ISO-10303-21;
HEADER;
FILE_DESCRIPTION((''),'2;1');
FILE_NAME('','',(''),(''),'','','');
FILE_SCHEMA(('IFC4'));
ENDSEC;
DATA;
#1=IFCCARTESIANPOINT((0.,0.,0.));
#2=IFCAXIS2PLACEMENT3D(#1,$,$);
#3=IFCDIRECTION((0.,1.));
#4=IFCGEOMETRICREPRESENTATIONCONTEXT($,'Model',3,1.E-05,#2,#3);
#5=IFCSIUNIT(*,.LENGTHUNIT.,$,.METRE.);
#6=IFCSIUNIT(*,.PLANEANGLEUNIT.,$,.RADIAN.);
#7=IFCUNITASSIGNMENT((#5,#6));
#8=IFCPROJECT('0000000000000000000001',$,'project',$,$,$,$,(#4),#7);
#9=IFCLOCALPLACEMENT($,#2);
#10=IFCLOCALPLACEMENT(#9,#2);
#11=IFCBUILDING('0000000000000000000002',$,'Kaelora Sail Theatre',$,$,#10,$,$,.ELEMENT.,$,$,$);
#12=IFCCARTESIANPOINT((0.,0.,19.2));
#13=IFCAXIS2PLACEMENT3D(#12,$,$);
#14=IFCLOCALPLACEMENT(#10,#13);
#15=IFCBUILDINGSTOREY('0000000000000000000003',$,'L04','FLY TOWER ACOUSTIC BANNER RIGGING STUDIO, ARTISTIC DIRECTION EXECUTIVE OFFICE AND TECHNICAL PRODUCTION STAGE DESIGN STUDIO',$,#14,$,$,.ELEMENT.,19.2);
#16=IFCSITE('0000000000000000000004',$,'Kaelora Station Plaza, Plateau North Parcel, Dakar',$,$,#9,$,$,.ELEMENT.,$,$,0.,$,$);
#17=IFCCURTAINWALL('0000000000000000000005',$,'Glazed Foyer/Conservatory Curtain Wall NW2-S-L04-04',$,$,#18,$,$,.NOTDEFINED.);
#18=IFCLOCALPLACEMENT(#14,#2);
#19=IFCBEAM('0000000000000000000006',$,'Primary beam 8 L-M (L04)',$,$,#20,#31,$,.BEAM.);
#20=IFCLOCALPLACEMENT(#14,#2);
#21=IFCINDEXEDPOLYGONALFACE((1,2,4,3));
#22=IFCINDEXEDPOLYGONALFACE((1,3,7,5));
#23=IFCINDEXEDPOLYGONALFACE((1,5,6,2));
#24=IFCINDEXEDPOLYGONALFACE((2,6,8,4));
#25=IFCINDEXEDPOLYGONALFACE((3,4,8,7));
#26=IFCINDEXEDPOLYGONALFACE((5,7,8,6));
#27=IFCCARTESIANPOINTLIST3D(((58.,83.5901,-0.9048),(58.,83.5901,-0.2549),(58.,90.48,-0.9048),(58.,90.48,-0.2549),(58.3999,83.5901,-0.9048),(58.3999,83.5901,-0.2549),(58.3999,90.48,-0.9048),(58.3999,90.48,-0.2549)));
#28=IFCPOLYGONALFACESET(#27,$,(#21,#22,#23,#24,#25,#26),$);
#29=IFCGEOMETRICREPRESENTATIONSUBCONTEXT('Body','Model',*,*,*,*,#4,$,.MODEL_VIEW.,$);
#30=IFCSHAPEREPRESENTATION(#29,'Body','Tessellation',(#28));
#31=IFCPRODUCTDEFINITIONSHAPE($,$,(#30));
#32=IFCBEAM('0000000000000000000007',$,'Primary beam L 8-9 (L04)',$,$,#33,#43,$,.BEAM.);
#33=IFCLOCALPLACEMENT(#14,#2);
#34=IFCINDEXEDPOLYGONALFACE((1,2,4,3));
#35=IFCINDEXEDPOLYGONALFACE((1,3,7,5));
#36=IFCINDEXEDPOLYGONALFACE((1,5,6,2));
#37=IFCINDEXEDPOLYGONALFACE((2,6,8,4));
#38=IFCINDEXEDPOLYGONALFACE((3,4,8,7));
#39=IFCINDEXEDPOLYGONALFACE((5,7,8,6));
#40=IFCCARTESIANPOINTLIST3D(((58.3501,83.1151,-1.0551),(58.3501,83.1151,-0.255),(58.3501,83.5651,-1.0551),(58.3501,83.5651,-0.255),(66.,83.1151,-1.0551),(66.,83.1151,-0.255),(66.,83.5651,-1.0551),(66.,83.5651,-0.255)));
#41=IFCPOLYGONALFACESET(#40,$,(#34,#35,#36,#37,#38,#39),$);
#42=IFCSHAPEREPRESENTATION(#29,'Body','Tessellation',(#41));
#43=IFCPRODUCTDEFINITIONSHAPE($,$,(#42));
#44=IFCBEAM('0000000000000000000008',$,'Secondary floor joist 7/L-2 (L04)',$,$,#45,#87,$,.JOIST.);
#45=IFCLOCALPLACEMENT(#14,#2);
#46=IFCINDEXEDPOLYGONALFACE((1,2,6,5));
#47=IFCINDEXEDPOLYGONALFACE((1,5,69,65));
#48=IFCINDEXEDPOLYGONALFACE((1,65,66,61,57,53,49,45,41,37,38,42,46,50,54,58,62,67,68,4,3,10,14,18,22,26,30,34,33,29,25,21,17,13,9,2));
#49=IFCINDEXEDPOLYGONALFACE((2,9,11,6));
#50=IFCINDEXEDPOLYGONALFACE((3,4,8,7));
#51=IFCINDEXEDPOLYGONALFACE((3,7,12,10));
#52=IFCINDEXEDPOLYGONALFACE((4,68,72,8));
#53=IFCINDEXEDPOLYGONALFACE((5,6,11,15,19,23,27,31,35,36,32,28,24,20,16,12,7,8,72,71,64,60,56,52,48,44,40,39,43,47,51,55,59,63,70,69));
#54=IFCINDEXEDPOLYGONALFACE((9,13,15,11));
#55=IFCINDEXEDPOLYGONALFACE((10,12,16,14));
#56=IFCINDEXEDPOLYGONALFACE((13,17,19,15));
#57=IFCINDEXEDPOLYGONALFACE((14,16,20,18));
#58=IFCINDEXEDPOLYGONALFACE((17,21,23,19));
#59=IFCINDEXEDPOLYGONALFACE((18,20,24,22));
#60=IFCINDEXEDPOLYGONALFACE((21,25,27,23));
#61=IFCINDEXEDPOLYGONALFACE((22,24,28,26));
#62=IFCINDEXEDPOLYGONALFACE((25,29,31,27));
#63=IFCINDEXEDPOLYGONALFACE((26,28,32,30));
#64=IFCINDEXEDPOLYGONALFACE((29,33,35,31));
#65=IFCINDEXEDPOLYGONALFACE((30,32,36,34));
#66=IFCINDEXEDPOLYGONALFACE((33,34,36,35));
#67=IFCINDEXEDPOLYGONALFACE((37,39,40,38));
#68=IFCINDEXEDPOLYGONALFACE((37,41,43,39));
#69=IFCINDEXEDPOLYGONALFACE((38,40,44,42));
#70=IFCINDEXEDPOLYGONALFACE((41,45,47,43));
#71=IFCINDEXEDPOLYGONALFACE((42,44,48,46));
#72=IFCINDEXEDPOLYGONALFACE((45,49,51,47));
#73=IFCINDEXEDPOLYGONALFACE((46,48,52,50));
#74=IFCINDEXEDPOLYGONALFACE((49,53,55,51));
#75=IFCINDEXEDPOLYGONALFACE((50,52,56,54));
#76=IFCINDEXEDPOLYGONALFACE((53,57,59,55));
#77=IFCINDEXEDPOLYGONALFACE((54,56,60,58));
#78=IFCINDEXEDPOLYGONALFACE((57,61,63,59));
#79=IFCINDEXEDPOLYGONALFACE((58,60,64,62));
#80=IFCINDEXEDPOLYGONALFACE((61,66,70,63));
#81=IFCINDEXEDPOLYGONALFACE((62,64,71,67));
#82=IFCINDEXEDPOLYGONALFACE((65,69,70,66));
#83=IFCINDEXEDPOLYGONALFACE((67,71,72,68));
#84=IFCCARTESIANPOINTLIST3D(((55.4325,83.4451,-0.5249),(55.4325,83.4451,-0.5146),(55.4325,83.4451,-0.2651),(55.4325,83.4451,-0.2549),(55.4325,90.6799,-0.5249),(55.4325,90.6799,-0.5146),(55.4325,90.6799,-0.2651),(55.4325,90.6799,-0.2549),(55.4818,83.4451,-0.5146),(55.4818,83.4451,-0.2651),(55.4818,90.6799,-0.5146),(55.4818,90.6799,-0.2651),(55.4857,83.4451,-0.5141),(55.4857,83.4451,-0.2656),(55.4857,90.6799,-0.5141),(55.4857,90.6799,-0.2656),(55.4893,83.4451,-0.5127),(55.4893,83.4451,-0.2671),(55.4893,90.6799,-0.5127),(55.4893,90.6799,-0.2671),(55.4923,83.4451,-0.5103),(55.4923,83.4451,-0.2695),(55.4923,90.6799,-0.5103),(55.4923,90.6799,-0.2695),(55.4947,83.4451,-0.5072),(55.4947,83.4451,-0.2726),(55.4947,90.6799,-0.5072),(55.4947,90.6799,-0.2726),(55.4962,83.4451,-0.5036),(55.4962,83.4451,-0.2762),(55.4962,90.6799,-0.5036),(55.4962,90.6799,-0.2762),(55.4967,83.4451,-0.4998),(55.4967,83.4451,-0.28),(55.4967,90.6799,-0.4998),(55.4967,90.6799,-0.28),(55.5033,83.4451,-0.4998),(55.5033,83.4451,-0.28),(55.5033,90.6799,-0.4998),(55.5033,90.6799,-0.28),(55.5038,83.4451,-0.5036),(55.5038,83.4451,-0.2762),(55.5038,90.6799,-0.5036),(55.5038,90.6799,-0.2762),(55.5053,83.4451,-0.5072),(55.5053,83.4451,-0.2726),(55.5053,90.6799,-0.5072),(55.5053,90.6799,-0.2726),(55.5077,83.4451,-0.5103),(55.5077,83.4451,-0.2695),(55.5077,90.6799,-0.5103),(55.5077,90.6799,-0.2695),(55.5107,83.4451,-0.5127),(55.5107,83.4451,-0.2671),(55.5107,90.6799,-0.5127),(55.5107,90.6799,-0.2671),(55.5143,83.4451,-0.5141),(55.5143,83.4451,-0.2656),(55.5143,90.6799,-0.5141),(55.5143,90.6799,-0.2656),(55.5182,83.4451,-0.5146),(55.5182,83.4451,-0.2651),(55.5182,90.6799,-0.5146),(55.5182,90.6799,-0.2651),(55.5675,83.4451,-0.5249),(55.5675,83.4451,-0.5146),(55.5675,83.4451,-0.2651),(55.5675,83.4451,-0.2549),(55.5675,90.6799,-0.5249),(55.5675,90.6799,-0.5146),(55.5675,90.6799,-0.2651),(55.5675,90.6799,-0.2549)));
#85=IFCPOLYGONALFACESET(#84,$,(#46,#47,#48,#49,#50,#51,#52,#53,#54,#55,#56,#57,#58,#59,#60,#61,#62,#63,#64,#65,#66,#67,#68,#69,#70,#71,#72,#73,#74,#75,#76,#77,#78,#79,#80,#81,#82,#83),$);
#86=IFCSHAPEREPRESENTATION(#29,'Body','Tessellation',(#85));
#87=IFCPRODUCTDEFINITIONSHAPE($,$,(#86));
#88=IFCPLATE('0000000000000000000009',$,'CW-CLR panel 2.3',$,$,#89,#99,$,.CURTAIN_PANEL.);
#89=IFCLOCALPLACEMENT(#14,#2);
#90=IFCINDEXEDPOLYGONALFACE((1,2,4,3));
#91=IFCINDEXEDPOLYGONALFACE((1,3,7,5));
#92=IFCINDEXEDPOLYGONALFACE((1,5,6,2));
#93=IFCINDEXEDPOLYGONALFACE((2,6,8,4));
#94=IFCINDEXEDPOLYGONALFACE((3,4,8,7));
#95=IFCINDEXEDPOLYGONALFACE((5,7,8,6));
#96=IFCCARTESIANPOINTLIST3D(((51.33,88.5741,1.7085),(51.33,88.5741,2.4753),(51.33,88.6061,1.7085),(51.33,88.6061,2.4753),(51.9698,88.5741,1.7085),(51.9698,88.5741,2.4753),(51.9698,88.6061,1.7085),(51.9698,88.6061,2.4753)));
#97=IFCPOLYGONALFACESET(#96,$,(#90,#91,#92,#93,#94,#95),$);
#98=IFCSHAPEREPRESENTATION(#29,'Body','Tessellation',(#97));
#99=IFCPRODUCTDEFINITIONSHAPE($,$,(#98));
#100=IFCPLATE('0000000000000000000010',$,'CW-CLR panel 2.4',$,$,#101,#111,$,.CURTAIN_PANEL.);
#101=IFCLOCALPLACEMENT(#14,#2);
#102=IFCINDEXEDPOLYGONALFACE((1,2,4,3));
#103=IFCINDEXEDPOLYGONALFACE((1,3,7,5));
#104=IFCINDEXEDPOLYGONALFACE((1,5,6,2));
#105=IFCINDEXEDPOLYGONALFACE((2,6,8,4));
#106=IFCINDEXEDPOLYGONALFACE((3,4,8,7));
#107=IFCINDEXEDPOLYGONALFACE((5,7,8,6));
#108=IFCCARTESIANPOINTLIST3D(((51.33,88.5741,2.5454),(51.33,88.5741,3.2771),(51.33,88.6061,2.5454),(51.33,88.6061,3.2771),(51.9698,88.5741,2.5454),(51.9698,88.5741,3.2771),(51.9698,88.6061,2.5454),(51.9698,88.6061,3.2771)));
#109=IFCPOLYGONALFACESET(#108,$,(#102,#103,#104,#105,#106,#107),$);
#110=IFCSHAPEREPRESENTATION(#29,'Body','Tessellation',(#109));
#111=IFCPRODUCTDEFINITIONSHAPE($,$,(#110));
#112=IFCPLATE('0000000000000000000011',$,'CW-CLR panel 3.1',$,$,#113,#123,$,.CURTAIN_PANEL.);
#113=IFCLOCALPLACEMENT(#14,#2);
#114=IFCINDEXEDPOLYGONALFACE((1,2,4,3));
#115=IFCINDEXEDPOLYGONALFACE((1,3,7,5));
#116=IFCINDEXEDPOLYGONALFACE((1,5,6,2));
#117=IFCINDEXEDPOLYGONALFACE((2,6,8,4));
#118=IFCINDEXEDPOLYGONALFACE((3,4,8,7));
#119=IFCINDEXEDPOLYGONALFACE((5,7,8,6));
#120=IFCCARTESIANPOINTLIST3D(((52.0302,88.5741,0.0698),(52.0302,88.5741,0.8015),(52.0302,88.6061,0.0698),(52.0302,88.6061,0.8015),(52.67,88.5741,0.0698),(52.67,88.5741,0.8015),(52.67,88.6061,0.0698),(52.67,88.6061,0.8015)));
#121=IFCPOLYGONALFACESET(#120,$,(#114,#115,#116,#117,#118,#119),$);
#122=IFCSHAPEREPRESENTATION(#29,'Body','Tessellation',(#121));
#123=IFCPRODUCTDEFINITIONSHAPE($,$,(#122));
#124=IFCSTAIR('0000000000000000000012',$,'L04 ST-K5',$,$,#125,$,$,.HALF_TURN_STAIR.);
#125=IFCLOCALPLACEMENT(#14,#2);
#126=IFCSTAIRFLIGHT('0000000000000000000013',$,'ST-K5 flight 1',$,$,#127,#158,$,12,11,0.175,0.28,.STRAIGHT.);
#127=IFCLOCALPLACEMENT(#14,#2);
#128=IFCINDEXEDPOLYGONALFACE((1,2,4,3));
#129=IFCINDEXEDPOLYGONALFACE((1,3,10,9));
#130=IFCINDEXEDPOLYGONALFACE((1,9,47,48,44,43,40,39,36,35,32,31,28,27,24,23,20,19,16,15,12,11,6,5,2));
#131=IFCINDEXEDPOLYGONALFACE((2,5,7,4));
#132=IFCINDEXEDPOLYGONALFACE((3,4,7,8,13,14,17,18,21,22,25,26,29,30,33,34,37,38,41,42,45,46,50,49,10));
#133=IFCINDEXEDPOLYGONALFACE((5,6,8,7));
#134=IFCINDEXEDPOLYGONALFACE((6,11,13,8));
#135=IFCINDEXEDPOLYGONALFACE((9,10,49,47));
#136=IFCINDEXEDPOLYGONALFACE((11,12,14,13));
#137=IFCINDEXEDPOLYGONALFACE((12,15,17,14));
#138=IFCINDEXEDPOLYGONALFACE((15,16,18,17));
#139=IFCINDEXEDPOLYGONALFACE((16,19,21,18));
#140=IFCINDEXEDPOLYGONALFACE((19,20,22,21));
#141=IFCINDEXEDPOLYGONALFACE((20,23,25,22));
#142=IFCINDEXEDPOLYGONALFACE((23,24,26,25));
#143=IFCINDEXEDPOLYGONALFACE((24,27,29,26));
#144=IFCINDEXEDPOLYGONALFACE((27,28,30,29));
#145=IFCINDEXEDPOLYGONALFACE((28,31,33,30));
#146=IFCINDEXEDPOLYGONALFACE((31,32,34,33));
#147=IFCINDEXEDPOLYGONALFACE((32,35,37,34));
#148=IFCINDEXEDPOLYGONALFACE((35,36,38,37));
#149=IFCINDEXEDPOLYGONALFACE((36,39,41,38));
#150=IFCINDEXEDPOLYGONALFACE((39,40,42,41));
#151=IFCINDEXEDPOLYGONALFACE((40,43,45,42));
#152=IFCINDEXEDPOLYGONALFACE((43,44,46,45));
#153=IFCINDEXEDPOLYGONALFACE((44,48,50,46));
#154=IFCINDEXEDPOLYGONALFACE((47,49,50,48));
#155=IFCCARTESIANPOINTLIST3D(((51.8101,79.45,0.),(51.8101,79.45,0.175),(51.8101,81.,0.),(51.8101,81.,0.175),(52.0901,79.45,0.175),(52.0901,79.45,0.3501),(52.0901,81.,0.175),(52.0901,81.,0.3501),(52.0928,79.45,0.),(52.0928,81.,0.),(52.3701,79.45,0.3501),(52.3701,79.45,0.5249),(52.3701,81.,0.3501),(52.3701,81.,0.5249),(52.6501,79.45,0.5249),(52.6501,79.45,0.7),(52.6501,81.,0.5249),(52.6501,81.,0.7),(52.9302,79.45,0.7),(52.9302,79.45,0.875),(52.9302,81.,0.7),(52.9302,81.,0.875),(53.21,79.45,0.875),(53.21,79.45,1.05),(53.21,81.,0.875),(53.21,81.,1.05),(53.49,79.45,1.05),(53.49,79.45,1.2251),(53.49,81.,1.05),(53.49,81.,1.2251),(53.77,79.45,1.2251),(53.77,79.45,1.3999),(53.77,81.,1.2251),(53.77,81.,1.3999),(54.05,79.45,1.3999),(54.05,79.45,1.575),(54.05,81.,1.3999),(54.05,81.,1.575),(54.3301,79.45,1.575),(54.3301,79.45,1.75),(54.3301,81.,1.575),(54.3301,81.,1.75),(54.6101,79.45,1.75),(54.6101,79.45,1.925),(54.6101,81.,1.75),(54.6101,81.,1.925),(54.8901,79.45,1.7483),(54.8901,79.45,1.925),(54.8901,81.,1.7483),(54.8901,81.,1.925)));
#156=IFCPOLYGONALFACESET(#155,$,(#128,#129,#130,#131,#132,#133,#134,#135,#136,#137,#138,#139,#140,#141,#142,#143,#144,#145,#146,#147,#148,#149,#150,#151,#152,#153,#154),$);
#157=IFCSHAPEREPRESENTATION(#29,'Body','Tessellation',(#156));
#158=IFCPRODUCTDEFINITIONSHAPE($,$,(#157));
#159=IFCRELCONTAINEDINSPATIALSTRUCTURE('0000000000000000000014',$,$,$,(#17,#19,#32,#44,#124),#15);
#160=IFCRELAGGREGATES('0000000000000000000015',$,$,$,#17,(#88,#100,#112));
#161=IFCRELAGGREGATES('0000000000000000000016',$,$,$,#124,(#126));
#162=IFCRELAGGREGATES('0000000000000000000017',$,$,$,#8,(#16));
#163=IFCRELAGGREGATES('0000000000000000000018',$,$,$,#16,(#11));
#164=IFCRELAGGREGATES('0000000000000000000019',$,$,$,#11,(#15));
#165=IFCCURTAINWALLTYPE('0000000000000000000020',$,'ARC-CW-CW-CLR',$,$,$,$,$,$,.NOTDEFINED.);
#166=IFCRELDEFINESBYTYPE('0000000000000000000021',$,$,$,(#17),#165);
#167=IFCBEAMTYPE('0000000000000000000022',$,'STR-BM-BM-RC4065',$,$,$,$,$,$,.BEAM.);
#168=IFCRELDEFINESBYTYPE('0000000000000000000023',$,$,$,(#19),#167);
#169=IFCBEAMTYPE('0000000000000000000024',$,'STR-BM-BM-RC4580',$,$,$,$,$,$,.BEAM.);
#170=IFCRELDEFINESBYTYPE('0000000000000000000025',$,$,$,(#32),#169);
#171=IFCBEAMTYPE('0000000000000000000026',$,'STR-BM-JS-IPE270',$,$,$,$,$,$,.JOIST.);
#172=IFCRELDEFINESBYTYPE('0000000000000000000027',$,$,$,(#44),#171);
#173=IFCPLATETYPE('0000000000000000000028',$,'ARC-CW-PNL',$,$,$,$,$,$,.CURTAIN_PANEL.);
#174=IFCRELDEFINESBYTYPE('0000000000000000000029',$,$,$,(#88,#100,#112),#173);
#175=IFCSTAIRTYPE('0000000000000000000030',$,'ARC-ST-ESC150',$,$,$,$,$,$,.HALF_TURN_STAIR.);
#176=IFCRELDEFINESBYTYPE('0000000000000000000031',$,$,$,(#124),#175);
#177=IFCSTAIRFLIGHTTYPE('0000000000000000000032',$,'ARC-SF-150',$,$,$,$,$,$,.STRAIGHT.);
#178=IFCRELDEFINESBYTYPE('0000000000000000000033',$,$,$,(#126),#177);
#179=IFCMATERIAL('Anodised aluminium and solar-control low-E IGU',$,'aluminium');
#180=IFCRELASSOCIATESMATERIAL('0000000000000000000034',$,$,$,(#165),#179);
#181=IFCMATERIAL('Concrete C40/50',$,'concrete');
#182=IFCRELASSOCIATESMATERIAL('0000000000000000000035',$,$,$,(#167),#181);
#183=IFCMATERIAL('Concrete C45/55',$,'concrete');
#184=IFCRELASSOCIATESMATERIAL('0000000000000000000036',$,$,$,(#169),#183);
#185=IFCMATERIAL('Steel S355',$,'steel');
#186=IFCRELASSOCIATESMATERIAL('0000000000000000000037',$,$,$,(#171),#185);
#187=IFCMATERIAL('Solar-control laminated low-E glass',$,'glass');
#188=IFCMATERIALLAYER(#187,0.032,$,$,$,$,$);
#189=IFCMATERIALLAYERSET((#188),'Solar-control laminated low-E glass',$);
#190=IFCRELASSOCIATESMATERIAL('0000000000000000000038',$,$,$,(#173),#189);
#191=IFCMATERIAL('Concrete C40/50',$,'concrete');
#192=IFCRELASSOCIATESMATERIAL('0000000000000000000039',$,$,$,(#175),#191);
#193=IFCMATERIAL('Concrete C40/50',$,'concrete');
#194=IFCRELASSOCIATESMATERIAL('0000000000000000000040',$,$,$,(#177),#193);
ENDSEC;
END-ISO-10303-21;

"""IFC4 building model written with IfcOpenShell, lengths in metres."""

from ifc_helpers import new_model, si_unit, direction, frame, origin, origin_2d, place, context, subcontext, project, spatial, polyline, rectangle, i_section, outline, extrude, material, layer, layer_set, material_profile, profile_set, type_object, element, aggregate, save


model = new_model("IFC4")

# Units and contexts
model_context = context("Model", 3, precision=1e-05, world=origin(), true_north=direction((0.0, 1.0)))
body_context = subcontext(model_context, "Body", "Model", "MODEL_VIEW")
ifc_project = project(units=[si_unit("LENGTHUNIT", "METRE"), si_unit("PLANEANGLEUNIT", "RADIAN")], contexts=[model_context])

# Site, building, storey
site_placement = place(None, origin())
site = spatial("IfcSite", under=ifc_project, at=site_placement, Name="Kaelora Station Plaza, Plateau North Parcel, Dakar", CompositionType="ELEMENT", RefElevation=0.0)
building_placement = place(site_placement, origin())
building = spatial("IfcBuilding", under=site, at=building_placement, Name="Kaelora Sail Theatre", CompositionType="ELEMENT")
storey_placement = place(building_placement, frame((0.0, 0.0, 19.2)))
storey = spatial("IfcBuildingStorey", under=building, at=storey_placement, Name="L04", Description="FLY TOWER ACOUSTIC BANNER RIGGING STUDIO, ARTISTIC DIRECTION EXECUTIVE OFFICE AND TECHNICAL PRODUCTION STAGE DESIGN STUDIO", CompositionType="ELEMENT", Elevation=19.2)

# Curtain wall
ifc_material_1 = material(Name="Anodised aluminium and solar-control low-E IGU", Category="aluminium")
curtain_wall_type = type_object("IfcCurtainWallType", Name="ARC-CW-CW-CLR", PredefinedType="NOTDEFINED", material=ifc_material_1)
curtain_wall_placement = place(storey_placement, origin())
curtain_wall = element("IfcCurtainWall", 1, at=curtain_wall_placement, inside=storey, type_object=curtain_wall_type, Name="Glazed Foyer/Conservatory Curtain Wall NW2-S-L04-04", PredefinedType="NOTDEFINED")

# Beams
ifc_material_2 = material(Name="Concrete C40/50", Category="concrete")
ifc_material_profile_1 = material_profile(ifc_material_2, rectangle(XDim=0.3999, YDim=0.6499, at=origin_2d()), Name="RC-BM 400x650")
ifc_profile_set_1 = profile_set([ifc_material_profile_1], Name="Concrete C40/50")
beam_type_1 = type_object("IfcBeamType", Name="STR-BM-BM-RC4065", PredefinedType="BEAM", material=ifc_profile_set_1)
beam_1_placement = place(storey_placement, frame((58.2, 83.5901, -0.5798), z_axis=(0.0, 1.0, 0.0), x_axis=(-1.0, 0.0, 0.0)))
element("IfcBeam", 2, at=beam_1_placement, inside=storey, type_object=beam_type_1, Name="Primary beam 8 L-M (L04)", PredefinedType="BEAM", context=body_context, shape_type="SweptSolid", body=[
    extrude(rectangle(XDim=0.3999, YDim=0.6499, at=origin_2d()), origin(), (0.0, 0.0, 1.0), 6.8899),
])
ifc_material_3 = material(Name="Concrete C45/55", Category="concrete")
ifc_material_profile_2 = material_profile(ifc_material_3, rectangle(XDim=0.45, YDim=0.8, at=origin_2d()), Name="RC-BM 450x800")
ifc_profile_set_2 = profile_set([ifc_material_profile_2], Name="Concrete C45/55")
beam_type_2 = type_object("IfcBeamType", Name="STR-BM-BM-RC4580", PredefinedType="BEAM", material=ifc_profile_set_2)
beam_2_placement = place(storey_placement, frame((58.3501, 83.3401, -0.655), z_axis=(1.0, 0.0, 0.0), x_axis=(0.0, 1.0, 0.0)))
element("IfcBeam", 3, at=beam_2_placement, inside=storey, type_object=beam_type_2, Name="Primary beam L 8-9 (L04)", PredefinedType="BEAM", context=body_context, shape_type="SweptSolid", body=[
    extrude(rectangle(XDim=0.45, YDim=0.8, at=origin_2d()), origin(), (0.0, 0.0, 1.0), 7.6499),
])
ifc_material_4 = material(Name="Steel S355", Category="steel")
ifc_material_profile_3 = material_profile(ifc_material_4, i_section(OverallWidth=0.135, OverallDepth=0.27, WebThickness=0.0066, FlangeThickness=0.0103, FilletRadius=0.0149, at=origin_2d()), Name="IPE 270")
ifc_profile_set_3 = profile_set([ifc_material_profile_3], Name="Steel S355")
beam_type_3 = type_object("IfcBeamType", Name="STR-BM-JS-IPE270", PredefinedType="JOIST", material=ifc_profile_set_3)
beam_3_placement = place(storey_placement, frame((55.5, 83.4451, -0.3899), z_axis=(0.0, 1.0, 0.0), x_axis=(-1.0, 0.0, 0.0)))
element("IfcBeam", 4, at=beam_3_placement, inside=storey, type_object=beam_type_3, Name="Secondary floor joist 7/L-2 (L04)", PredefinedType="JOIST", context=body_context, shape_type="SweptSolid", body=[
    extrude(i_section(OverallWidth=0.135, OverallDepth=0.27, WebThickness=0.0066, FlangeThickness=0.0103, FilletRadius=0.0149, at=origin_2d()), origin(), (0.0, 0.0, 1.0), 7.2349),
])

# Plates
ifc_material_5 = material(Name="Solar-control laminated low-E glass", Category="glass")
ifc_layer = layer(ifc_material_5, 0.032)
ifc_layer_set = layer_set([ifc_layer], Name="Solar-control laminated low-E glass")
plate_type = type_object("IfcPlateType", Name="ARC-CW-PNL", PredefinedType="CURTAIN_PANEL", material=ifc_layer_set)
plate_1_placement = place(storey_placement, frame((51.6499, 88.5901, 1.7085), z_axis=(0.0, 0.0, 1.0), x_axis=(1.0, 0.0, 0.0)))
plate_1 = element("IfcPlate", 5, at=plate_1_placement, type_object=plate_type, Name="CW-CLR panel 2.3", PredefinedType="CURTAIN_PANEL", context=body_context, shape_type="SweptSolid", body=[
    extrude(rectangle(XDim=0.6399, YDim=0.032, at=origin_2d()), origin(), (0.0, 0.0, 1.0), 0.7668),
])
plate_2_placement = place(storey_placement, frame((51.6499, 88.5901, 2.5454), z_axis=(0.0, 0.0, 1.0), x_axis=(1.0, 0.0, 0.0)))
plate_2 = element("IfcPlate", 6, at=plate_2_placement, type_object=plate_type, Name="CW-CLR panel 2.4", PredefinedType="CURTAIN_PANEL", context=body_context, shape_type="SweptSolid", body=[
    extrude(rectangle(XDim=0.6399, YDim=0.032, at=origin_2d()), origin(), (0.0, 0.0, 1.0), 0.7317),
])
plate_3_placement = place(storey_placement, frame((52.3501, 88.5901, 0.0698), z_axis=(0.0, 0.0, 1.0), x_axis=(1.0, 0.0, 0.0)))
plate_3 = element("IfcPlate", 7, at=plate_3_placement, type_object=plate_type, Name="CW-CLR panel 3.1", PredefinedType="CURTAIN_PANEL", context=body_context, shape_type="SweptSolid", body=[
    extrude(rectangle(XDim=0.6399, YDim=0.032, at=origin_2d()), origin(), (0.0, 0.0, 1.0), 0.7317),
])
aggregate(curtain_wall, [plate_1, plate_2, plate_3])

# Stair, stair flight
ifc_material_6 = material(Name="Concrete C40/50", Category="concrete")
stair_type = type_object("IfcStairType", Name="ARC-ST-ESC150", PredefinedType="HALF_TURN_STAIR", material=ifc_material_6)
stair_placement = place(storey_placement, origin())
stair = element("IfcStair", 8, at=stair_placement, inside=storey, type_object=stair_type, Name="L04 ST-K5", PredefinedType="HALF_TURN_STAIR")
ifc_material_7 = material(Name="Concrete C40/50", Category="concrete")
stair_flight_type = type_object("IfcStairFlightType", Name="ARC-SF-150", PredefinedType="STRAIGHT", material=ifc_material_7)
stair_flight_1_placement = place(storey_placement, frame((51.8101, 80.2251, 0.0), z_axis=(0.0, 0.0, 1.0), x_axis=(1.0, 0.0, 0.0)))
stair_flight_1 = element("IfcStairFlight", 9, at=stair_flight_1_placement, type_object=stair_flight_type, Name="ST-K5 flight 1", NumberOfRisers=12, NumberOfTreads=11, PredefinedType="STRAIGHT", RiserHeight=0.175, TreadLength=0.28, context=body_context, shape_type="SweptSolid", body=[
    extrude(outline(polyline([(0.0, 0.0), (0.0, 0.175), (0.28, 0.175), (0.28, 0.3501), (0.5601, 0.3501), (0.5601, 0.5249), (0.8401, 0.5249), (0.8401, 0.7), (1.1201, 0.7), (1.1201, 0.875), (1.3999, 0.875), (1.3999, 1.05), (1.6799, 1.05), (1.6799, 1.2251), (1.96, 1.2251), (1.96, 1.3999), (2.24, 1.3999), (2.24, 1.575), (2.52, 1.575), (2.52, 1.75), (2.8, 1.75), (2.8, 1.925), (3.0801, 1.925), (3.0801, 2.1001), (3.0801, 1.7483), (0.2827, 0.0), (0.0, 0.0)])), frame((0.0, 0.7749, 0.0), z_axis=(0.0, -1.0, 0.0), x_axis=(1.0, 0.0, 0.0)), (0.0, 0.0, 1.0), 1.55),
])
aggregate(stair, [stair_flight_1])

save(model, "model.ifc")
